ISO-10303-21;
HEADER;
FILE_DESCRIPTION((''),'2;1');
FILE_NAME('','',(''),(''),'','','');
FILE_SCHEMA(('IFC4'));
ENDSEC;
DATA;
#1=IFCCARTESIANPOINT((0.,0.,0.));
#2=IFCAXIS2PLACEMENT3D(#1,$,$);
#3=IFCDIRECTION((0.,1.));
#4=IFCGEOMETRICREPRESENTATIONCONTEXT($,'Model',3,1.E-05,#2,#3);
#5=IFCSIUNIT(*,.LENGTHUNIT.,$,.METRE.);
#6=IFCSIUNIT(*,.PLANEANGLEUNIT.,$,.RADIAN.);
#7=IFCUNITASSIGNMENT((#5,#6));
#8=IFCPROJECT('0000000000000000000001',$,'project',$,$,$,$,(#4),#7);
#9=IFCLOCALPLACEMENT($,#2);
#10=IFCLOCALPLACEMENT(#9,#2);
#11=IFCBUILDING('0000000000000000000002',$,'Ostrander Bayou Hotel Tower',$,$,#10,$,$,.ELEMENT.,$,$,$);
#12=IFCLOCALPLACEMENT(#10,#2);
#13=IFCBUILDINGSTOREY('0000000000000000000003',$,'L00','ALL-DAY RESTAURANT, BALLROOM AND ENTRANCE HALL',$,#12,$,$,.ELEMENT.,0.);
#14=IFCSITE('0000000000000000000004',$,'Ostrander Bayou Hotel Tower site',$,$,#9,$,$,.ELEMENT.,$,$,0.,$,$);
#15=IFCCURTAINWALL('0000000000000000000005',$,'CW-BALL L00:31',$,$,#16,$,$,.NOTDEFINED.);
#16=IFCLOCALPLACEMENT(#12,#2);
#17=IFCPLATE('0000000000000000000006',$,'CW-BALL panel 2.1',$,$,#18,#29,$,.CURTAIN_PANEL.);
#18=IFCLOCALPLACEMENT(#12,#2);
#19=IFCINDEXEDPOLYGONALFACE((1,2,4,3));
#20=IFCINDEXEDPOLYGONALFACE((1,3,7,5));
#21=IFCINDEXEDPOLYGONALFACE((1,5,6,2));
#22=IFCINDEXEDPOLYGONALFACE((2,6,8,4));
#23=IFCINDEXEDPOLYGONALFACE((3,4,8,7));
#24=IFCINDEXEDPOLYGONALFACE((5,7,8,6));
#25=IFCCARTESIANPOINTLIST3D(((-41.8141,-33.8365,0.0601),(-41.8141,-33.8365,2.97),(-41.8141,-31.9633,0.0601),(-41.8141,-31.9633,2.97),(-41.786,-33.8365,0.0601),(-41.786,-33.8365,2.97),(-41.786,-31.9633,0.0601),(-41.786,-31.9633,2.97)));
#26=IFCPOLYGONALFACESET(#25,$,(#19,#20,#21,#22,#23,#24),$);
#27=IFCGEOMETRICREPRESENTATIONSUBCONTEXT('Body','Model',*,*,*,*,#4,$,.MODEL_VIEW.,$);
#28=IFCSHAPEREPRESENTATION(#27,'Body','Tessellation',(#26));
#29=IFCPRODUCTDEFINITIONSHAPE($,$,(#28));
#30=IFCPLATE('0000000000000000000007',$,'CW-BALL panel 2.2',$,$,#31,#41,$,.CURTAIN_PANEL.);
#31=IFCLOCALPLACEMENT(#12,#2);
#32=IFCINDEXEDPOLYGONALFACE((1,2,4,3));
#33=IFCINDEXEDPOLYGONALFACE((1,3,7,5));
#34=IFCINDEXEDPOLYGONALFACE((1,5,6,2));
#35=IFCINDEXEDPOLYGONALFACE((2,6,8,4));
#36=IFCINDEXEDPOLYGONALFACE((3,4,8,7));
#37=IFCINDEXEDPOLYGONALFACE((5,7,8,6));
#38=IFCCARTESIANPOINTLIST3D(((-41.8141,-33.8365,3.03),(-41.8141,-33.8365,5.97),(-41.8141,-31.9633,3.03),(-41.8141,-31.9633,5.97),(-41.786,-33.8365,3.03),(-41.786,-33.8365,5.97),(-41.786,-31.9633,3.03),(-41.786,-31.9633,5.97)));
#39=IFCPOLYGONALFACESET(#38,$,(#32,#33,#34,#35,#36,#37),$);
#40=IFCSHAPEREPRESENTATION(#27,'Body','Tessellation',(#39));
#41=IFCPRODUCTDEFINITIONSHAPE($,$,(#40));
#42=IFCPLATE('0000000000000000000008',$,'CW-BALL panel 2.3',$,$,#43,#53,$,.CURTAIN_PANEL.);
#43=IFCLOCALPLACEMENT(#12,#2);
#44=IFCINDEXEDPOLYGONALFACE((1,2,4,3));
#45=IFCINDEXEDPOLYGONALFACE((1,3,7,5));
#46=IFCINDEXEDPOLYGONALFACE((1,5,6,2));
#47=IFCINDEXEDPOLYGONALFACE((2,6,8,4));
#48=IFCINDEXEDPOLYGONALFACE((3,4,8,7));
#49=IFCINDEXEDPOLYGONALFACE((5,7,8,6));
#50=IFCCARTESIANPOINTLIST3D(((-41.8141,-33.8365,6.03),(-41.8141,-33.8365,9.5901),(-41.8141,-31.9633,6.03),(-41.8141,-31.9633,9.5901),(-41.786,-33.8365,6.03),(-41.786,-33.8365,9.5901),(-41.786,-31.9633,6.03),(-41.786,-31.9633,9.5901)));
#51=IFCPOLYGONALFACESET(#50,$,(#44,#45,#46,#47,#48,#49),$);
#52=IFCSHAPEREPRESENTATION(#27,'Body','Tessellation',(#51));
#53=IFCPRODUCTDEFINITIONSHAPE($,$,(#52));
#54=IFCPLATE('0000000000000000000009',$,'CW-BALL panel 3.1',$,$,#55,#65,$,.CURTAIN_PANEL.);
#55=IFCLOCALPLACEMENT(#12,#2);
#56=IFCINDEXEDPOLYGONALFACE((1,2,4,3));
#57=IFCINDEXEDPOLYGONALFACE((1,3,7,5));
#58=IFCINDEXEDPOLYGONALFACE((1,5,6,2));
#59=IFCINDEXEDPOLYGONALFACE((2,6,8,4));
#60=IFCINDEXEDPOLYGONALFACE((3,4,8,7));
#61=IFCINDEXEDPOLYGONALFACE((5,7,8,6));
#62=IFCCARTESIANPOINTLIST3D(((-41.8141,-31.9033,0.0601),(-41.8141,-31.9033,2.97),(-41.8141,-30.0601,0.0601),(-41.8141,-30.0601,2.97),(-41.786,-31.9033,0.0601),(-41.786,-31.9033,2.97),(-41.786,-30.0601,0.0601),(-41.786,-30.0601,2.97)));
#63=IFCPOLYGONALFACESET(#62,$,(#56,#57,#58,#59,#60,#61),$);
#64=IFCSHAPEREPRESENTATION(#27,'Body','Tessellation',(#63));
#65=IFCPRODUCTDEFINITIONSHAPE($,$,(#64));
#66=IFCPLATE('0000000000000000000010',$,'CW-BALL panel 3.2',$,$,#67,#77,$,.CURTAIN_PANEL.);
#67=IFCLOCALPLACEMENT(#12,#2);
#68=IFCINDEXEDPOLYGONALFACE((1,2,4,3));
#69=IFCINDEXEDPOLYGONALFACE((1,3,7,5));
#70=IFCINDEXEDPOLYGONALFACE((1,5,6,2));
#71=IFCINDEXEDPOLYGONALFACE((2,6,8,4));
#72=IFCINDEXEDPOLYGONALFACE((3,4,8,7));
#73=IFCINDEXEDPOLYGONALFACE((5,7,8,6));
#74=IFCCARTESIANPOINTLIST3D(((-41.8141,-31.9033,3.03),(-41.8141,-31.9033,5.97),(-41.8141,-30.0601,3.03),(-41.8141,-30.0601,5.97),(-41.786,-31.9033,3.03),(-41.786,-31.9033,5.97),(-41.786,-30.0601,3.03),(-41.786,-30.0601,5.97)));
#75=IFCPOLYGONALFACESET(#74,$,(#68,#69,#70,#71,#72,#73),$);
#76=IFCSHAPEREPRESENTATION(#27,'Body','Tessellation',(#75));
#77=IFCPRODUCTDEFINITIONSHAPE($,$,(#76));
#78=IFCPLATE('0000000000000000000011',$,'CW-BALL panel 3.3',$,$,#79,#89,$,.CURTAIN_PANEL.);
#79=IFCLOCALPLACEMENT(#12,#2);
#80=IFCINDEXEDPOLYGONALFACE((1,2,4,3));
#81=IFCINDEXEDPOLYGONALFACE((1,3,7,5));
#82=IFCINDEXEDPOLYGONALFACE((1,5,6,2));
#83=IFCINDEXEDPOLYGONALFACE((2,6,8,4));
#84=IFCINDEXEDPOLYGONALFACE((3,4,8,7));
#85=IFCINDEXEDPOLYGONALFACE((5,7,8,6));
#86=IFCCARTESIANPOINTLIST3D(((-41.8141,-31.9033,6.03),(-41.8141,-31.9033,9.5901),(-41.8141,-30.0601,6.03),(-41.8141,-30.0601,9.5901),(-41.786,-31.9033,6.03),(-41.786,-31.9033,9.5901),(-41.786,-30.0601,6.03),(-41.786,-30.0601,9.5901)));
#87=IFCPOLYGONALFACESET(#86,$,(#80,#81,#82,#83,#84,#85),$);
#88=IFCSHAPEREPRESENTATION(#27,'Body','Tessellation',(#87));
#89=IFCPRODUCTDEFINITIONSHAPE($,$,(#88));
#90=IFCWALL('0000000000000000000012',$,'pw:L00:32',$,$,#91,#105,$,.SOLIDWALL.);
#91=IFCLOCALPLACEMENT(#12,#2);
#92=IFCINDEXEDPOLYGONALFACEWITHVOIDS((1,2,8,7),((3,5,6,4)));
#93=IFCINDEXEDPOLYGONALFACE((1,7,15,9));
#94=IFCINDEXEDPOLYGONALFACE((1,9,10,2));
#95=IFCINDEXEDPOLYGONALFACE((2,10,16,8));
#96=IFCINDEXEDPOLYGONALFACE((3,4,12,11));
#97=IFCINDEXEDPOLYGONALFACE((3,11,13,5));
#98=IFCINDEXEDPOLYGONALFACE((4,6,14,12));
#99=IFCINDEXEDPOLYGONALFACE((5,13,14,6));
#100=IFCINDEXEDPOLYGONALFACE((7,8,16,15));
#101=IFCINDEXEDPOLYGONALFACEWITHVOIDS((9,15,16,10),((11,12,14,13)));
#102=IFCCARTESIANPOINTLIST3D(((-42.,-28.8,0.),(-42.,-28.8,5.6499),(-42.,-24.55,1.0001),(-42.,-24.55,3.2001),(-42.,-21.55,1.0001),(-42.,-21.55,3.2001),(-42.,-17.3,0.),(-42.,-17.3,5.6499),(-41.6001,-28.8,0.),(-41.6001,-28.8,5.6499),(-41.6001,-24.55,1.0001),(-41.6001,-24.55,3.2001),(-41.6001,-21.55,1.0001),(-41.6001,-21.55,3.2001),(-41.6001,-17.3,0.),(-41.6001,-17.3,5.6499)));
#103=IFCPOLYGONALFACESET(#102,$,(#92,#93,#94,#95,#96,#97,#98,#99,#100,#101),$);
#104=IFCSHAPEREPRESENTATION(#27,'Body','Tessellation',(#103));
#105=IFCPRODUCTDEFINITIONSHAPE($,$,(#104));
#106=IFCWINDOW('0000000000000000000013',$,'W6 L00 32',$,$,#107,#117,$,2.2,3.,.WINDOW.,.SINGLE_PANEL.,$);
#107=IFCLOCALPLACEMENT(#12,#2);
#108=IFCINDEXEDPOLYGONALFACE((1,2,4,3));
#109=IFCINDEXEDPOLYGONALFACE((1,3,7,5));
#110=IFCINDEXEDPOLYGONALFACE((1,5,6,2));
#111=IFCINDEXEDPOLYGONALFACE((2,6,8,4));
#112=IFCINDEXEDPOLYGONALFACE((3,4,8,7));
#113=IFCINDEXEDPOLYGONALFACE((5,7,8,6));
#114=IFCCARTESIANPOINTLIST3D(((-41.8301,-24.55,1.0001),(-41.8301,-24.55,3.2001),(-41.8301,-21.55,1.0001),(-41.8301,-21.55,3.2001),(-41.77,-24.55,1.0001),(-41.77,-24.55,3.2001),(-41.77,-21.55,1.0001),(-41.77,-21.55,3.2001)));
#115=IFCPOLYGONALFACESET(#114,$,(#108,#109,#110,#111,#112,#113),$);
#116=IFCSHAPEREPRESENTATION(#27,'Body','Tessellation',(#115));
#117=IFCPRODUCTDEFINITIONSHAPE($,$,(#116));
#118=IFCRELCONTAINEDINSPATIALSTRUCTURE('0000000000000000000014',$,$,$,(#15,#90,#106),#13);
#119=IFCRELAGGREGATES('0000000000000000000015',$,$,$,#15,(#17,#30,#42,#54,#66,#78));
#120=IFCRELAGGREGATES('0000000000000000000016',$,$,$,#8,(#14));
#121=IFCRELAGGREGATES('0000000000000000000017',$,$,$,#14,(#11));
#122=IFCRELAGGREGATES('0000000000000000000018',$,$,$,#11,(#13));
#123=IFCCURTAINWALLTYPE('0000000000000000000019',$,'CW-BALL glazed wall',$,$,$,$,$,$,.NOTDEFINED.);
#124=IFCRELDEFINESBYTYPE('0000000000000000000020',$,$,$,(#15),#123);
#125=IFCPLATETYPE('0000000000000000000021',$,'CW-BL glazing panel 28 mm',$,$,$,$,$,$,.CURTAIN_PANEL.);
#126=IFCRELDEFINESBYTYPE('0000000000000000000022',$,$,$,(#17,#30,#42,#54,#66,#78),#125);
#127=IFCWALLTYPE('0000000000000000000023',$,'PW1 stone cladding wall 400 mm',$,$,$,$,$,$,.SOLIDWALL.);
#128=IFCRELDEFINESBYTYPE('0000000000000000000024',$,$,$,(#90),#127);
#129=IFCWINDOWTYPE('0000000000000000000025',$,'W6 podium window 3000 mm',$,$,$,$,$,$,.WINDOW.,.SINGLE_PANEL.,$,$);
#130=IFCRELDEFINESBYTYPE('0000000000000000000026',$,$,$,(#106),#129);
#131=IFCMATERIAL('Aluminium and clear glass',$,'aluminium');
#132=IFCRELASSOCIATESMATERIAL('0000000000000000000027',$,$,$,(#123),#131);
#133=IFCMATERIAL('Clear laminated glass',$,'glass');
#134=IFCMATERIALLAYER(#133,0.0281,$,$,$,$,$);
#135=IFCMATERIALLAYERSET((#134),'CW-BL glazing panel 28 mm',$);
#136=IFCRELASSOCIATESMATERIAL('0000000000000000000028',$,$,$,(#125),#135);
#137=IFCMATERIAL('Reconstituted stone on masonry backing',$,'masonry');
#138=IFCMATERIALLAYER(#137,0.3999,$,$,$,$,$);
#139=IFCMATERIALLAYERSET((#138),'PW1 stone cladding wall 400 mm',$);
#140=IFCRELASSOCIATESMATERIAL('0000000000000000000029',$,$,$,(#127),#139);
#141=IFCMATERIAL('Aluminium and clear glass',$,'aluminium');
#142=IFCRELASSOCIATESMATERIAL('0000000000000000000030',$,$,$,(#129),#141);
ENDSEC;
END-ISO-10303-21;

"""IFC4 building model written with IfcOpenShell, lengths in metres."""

from ifc_helpers import new_model, si_unit, direction, frame, frame_2d, origin, origin_2d, place, context, subcontext, project, spatial, rectangle, extrude, material, layer, layer_set, type_object, element, fill, aggregate, save


model = new_model("IFC4")

# Units and contexts
model_context = context("Model", 3, precision=1e-05, world=origin(), true_north=direction((0.0, 1.0)))
body_context = subcontext(model_context, "Body", "Model", "MODEL_VIEW")
ifc_project = project(units=[si_unit("LENGTHUNIT", "METRE"), si_unit("PLANEANGLEUNIT", "RADIAN")], contexts=[model_context])

# Site, building, storey
site_placement = place(None, origin())
site = spatial("IfcSite", under=ifc_project, at=site_placement, Name="Ostrander Bayou Hotel Tower site", CompositionType="ELEMENT", RefElevation=0.0)
building_placement = place(site_placement, origin())
building = spatial("IfcBuilding", under=site, at=building_placement, Name="Ostrander Bayou Hotel Tower", CompositionType="ELEMENT")
storey_placement = place(building_placement, origin())
storey = spatial("IfcBuildingStorey", under=building, at=storey_placement, Name="L00", Description="ALL-DAY RESTAURANT, BALLROOM AND ENTRANCE HALL", CompositionType="ELEMENT", Elevation=0.0)

# Curtain wall, plates
ifc_material_1 = material(Name="Aluminium and clear glass", Category="aluminium")
curtain_wall_type = type_object("IfcCurtainWallType", Name="CW-BALL glazed wall", PredefinedType="NOTDEFINED", material=ifc_material_1)
curtain_wall_placement = place(storey_placement, origin())
curtain_wall = element("IfcCurtainWall", 1, at=curtain_wall_placement, inside=storey, type_object=curtain_wall_type, Name="CW-BALL L00:31", PredefinedType="NOTDEFINED")
ifc_material_2 = material(Name="Clear laminated glass", Category="glass")
ifc_layer_1 = layer(ifc_material_2, 0.0281)
ifc_layer_set_1 = layer_set([ifc_layer_1], Name="CW-BL glazing panel 28 mm")
plate_type = type_object("IfcPlateType", Name="CW-BL glazing panel 28 mm", PredefinedType="CURTAIN_PANEL", material=ifc_layer_set_1)
plate_1_placement = place(storey_placement, frame((-41.8, -32.8999, 0.0601), z_axis=(0.0, 0.0, 1.0), x_axis=(0.0, 1.0, 0.0)))
plate_1 = element("IfcPlate", 2, at=plate_1_placement, type_object=plate_type, Name="CW-BALL panel 2.1", PredefinedType="CURTAIN_PANEL", context=body_context, shape_type="SweptSolid", body=[
    extrude(rectangle(XDim=1.8733, YDim=0.0281, at=origin_2d()), origin(), (0.0, 0.0, 1.0), 2.9099),
])
plate_2_placement = place(storey_placement, frame((-41.8, -32.8999, 3.03), z_axis=(0.0, 0.0, 1.0), x_axis=(0.0, 1.0, 0.0)))
plate_2 = element("IfcPlate", 3, at=plate_2_placement, type_object=plate_type, Name="CW-BALL panel 2.2", PredefinedType="CURTAIN_PANEL", context=body_context, shape_type="SweptSolid", body=[
    extrude(rectangle(XDim=1.8733, YDim=0.0281, at=origin_2d()), origin(), (0.0, 0.0, 1.0), 2.9399),
])
plate_3_placement = place(storey_placement, frame((-41.8, -32.8999, 6.03), z_axis=(0.0, 0.0, 1.0), x_axis=(0.0, 1.0, 0.0)))
plate_3 = element("IfcPlate", 4, at=plate_3_placement, type_object=plate_type, Name="CW-BALL panel 2.3", PredefinedType="CURTAIN_PANEL", context=body_context, shape_type="SweptSolid", body=[
    extrude(rectangle(XDim=1.8733, YDim=0.0281, at=origin_2d()), origin(), (0.0, 0.0, 1.0), 3.5601),
])
plate_4_placement = place(storey_placement, frame((-41.8, -30.9817, 0.0601), z_axis=(0.0, 0.0, 1.0), x_axis=(0.0, 1.0, 0.0)))
plate_4 = element("IfcPlate", 5, at=plate_4_placement, type_object=plate_type, Name="CW-BALL panel 3.1", PredefinedType="CURTAIN_PANEL", context=body_context, shape_type="SweptSolid", body=[
    extrude(rectangle(XDim=1.8433, YDim=0.0281, at=origin_2d()), origin(), (0.0, 0.0, 1.0), 2.9099),
])
plate_5_placement = place(storey_placement, frame((-41.8, -30.9817, 3.03), z_axis=(0.0, 0.0, 1.0), x_axis=(0.0, 1.0, 0.0)))
plate_5 = element("IfcPlate", 6, at=plate_5_placement, type_object=plate_type, Name="CW-BALL panel 3.2", PredefinedType="CURTAIN_PANEL", context=body_context, shape_type="SweptSolid", body=[
    extrude(rectangle(XDim=1.8433, YDim=0.0281, at=origin_2d()), origin(), (0.0, 0.0, 1.0), 2.9399),
])
plate_6_placement = place(storey_placement, frame((-41.8, -30.9817, 6.03), z_axis=(0.0, 0.0, 1.0), x_axis=(0.0, 1.0, 0.0)))
plate_6 = element("IfcPlate", 7, at=plate_6_placement, type_object=plate_type, Name="CW-BALL panel 3.3", PredefinedType="CURTAIN_PANEL", context=body_context, shape_type="SweptSolid", body=[
    extrude(rectangle(XDim=1.8433, YDim=0.0281, at=origin_2d()), origin(), (0.0, 0.0, 1.0), 3.5601),
])
aggregate(curtain_wall, [plate_1, plate_2, plate_3, plate_4, plate_5, plate_6])

# Wall, opening, window
ifc_material_3 = material(Name="Reconstituted stone on masonry backing", Category="masonry")
ifc_layer_2 = layer(ifc_material_3, 0.3999)
ifc_layer_set_2 = layer_set([ifc_layer_2], Name="PW1 stone cladding wall 400 mm")
wall_type_1 = type_object("IfcWallType", Name="PW1 stone cladding wall 400 mm", PredefinedType="SOLIDWALL", material=ifc_layer_set_2)
wall_1_placement = place(storey_placement, frame((-41.8, -28.8, 0.0), z_axis=(0.0, 0.0, 1.0), x_axis=(0.0, 1.0, 0.0)))
wall_1 = element("IfcWall", 8, at=wall_1_placement, inside=storey, type_object=wall_type_1, Name="pw:L00:32", PredefinedType="SOLIDWALL", context=body_context, shape_type="SweptSolid", body=[
    extrude(rectangle(XDim=11.5, YDim=0.3999, at=frame_2d((5.75, 0.0))), origin(), (0.0, 0.0, 1.0), 5.6499),
])
opening_1_placement = place(wall_1_placement, frame((4.25, 0.0, 1.0)))
opening_1 = element("IfcOpeningElement", 9, at=opening_1_placement, cuts=wall_1, PredefinedType="OPENING", context=body_context, shape_type="SweptSolid", body=[
    extrude(rectangle(XDim=3.0, YDim=2.2, at=frame_2d((1.5, 1.1001))), frame((0.0, 0.2, 0.0), z_axis=(0.0, -1.0, 0.0), x_axis=(1.0, 0.0, 0.0)), (0.0, 0.0, 1.0), 0.3999),
])
ifc_material_4 = material(Name="Aluminium and clear glass", Category="aluminium")
window_type = type_object("IfcWindowType", Name="W6 podium window 3000 mm", PartitioningType="SINGLE_PANEL", PredefinedType="WINDOW", material=ifc_material_4)
window_placement = place(opening_1_placement, origin())
window = element("IfcWindow", 10, at=window_placement, inside=storey, type_object=window_type, Name="W6 L00 32", OverallHeight=2.2, OverallWidth=3.0, PartitioningType="SINGLE_PANEL", PredefinedType="WINDOW", context=body_context, shape_type="SweptSolid", body=[
    extrude(rectangle(XDim=3.0, YDim=2.2, at=frame_2d((1.5, 1.1001))), frame((0.0, 0.03, 0.0), z_axis=(0.0, -1.0, 0.0), x_axis=(1.0, 0.0, 0.0)), (0.0, 0.0, 1.0), 0.0601),
])
fill(opening_1, window)

save(model, "model.ifc")
